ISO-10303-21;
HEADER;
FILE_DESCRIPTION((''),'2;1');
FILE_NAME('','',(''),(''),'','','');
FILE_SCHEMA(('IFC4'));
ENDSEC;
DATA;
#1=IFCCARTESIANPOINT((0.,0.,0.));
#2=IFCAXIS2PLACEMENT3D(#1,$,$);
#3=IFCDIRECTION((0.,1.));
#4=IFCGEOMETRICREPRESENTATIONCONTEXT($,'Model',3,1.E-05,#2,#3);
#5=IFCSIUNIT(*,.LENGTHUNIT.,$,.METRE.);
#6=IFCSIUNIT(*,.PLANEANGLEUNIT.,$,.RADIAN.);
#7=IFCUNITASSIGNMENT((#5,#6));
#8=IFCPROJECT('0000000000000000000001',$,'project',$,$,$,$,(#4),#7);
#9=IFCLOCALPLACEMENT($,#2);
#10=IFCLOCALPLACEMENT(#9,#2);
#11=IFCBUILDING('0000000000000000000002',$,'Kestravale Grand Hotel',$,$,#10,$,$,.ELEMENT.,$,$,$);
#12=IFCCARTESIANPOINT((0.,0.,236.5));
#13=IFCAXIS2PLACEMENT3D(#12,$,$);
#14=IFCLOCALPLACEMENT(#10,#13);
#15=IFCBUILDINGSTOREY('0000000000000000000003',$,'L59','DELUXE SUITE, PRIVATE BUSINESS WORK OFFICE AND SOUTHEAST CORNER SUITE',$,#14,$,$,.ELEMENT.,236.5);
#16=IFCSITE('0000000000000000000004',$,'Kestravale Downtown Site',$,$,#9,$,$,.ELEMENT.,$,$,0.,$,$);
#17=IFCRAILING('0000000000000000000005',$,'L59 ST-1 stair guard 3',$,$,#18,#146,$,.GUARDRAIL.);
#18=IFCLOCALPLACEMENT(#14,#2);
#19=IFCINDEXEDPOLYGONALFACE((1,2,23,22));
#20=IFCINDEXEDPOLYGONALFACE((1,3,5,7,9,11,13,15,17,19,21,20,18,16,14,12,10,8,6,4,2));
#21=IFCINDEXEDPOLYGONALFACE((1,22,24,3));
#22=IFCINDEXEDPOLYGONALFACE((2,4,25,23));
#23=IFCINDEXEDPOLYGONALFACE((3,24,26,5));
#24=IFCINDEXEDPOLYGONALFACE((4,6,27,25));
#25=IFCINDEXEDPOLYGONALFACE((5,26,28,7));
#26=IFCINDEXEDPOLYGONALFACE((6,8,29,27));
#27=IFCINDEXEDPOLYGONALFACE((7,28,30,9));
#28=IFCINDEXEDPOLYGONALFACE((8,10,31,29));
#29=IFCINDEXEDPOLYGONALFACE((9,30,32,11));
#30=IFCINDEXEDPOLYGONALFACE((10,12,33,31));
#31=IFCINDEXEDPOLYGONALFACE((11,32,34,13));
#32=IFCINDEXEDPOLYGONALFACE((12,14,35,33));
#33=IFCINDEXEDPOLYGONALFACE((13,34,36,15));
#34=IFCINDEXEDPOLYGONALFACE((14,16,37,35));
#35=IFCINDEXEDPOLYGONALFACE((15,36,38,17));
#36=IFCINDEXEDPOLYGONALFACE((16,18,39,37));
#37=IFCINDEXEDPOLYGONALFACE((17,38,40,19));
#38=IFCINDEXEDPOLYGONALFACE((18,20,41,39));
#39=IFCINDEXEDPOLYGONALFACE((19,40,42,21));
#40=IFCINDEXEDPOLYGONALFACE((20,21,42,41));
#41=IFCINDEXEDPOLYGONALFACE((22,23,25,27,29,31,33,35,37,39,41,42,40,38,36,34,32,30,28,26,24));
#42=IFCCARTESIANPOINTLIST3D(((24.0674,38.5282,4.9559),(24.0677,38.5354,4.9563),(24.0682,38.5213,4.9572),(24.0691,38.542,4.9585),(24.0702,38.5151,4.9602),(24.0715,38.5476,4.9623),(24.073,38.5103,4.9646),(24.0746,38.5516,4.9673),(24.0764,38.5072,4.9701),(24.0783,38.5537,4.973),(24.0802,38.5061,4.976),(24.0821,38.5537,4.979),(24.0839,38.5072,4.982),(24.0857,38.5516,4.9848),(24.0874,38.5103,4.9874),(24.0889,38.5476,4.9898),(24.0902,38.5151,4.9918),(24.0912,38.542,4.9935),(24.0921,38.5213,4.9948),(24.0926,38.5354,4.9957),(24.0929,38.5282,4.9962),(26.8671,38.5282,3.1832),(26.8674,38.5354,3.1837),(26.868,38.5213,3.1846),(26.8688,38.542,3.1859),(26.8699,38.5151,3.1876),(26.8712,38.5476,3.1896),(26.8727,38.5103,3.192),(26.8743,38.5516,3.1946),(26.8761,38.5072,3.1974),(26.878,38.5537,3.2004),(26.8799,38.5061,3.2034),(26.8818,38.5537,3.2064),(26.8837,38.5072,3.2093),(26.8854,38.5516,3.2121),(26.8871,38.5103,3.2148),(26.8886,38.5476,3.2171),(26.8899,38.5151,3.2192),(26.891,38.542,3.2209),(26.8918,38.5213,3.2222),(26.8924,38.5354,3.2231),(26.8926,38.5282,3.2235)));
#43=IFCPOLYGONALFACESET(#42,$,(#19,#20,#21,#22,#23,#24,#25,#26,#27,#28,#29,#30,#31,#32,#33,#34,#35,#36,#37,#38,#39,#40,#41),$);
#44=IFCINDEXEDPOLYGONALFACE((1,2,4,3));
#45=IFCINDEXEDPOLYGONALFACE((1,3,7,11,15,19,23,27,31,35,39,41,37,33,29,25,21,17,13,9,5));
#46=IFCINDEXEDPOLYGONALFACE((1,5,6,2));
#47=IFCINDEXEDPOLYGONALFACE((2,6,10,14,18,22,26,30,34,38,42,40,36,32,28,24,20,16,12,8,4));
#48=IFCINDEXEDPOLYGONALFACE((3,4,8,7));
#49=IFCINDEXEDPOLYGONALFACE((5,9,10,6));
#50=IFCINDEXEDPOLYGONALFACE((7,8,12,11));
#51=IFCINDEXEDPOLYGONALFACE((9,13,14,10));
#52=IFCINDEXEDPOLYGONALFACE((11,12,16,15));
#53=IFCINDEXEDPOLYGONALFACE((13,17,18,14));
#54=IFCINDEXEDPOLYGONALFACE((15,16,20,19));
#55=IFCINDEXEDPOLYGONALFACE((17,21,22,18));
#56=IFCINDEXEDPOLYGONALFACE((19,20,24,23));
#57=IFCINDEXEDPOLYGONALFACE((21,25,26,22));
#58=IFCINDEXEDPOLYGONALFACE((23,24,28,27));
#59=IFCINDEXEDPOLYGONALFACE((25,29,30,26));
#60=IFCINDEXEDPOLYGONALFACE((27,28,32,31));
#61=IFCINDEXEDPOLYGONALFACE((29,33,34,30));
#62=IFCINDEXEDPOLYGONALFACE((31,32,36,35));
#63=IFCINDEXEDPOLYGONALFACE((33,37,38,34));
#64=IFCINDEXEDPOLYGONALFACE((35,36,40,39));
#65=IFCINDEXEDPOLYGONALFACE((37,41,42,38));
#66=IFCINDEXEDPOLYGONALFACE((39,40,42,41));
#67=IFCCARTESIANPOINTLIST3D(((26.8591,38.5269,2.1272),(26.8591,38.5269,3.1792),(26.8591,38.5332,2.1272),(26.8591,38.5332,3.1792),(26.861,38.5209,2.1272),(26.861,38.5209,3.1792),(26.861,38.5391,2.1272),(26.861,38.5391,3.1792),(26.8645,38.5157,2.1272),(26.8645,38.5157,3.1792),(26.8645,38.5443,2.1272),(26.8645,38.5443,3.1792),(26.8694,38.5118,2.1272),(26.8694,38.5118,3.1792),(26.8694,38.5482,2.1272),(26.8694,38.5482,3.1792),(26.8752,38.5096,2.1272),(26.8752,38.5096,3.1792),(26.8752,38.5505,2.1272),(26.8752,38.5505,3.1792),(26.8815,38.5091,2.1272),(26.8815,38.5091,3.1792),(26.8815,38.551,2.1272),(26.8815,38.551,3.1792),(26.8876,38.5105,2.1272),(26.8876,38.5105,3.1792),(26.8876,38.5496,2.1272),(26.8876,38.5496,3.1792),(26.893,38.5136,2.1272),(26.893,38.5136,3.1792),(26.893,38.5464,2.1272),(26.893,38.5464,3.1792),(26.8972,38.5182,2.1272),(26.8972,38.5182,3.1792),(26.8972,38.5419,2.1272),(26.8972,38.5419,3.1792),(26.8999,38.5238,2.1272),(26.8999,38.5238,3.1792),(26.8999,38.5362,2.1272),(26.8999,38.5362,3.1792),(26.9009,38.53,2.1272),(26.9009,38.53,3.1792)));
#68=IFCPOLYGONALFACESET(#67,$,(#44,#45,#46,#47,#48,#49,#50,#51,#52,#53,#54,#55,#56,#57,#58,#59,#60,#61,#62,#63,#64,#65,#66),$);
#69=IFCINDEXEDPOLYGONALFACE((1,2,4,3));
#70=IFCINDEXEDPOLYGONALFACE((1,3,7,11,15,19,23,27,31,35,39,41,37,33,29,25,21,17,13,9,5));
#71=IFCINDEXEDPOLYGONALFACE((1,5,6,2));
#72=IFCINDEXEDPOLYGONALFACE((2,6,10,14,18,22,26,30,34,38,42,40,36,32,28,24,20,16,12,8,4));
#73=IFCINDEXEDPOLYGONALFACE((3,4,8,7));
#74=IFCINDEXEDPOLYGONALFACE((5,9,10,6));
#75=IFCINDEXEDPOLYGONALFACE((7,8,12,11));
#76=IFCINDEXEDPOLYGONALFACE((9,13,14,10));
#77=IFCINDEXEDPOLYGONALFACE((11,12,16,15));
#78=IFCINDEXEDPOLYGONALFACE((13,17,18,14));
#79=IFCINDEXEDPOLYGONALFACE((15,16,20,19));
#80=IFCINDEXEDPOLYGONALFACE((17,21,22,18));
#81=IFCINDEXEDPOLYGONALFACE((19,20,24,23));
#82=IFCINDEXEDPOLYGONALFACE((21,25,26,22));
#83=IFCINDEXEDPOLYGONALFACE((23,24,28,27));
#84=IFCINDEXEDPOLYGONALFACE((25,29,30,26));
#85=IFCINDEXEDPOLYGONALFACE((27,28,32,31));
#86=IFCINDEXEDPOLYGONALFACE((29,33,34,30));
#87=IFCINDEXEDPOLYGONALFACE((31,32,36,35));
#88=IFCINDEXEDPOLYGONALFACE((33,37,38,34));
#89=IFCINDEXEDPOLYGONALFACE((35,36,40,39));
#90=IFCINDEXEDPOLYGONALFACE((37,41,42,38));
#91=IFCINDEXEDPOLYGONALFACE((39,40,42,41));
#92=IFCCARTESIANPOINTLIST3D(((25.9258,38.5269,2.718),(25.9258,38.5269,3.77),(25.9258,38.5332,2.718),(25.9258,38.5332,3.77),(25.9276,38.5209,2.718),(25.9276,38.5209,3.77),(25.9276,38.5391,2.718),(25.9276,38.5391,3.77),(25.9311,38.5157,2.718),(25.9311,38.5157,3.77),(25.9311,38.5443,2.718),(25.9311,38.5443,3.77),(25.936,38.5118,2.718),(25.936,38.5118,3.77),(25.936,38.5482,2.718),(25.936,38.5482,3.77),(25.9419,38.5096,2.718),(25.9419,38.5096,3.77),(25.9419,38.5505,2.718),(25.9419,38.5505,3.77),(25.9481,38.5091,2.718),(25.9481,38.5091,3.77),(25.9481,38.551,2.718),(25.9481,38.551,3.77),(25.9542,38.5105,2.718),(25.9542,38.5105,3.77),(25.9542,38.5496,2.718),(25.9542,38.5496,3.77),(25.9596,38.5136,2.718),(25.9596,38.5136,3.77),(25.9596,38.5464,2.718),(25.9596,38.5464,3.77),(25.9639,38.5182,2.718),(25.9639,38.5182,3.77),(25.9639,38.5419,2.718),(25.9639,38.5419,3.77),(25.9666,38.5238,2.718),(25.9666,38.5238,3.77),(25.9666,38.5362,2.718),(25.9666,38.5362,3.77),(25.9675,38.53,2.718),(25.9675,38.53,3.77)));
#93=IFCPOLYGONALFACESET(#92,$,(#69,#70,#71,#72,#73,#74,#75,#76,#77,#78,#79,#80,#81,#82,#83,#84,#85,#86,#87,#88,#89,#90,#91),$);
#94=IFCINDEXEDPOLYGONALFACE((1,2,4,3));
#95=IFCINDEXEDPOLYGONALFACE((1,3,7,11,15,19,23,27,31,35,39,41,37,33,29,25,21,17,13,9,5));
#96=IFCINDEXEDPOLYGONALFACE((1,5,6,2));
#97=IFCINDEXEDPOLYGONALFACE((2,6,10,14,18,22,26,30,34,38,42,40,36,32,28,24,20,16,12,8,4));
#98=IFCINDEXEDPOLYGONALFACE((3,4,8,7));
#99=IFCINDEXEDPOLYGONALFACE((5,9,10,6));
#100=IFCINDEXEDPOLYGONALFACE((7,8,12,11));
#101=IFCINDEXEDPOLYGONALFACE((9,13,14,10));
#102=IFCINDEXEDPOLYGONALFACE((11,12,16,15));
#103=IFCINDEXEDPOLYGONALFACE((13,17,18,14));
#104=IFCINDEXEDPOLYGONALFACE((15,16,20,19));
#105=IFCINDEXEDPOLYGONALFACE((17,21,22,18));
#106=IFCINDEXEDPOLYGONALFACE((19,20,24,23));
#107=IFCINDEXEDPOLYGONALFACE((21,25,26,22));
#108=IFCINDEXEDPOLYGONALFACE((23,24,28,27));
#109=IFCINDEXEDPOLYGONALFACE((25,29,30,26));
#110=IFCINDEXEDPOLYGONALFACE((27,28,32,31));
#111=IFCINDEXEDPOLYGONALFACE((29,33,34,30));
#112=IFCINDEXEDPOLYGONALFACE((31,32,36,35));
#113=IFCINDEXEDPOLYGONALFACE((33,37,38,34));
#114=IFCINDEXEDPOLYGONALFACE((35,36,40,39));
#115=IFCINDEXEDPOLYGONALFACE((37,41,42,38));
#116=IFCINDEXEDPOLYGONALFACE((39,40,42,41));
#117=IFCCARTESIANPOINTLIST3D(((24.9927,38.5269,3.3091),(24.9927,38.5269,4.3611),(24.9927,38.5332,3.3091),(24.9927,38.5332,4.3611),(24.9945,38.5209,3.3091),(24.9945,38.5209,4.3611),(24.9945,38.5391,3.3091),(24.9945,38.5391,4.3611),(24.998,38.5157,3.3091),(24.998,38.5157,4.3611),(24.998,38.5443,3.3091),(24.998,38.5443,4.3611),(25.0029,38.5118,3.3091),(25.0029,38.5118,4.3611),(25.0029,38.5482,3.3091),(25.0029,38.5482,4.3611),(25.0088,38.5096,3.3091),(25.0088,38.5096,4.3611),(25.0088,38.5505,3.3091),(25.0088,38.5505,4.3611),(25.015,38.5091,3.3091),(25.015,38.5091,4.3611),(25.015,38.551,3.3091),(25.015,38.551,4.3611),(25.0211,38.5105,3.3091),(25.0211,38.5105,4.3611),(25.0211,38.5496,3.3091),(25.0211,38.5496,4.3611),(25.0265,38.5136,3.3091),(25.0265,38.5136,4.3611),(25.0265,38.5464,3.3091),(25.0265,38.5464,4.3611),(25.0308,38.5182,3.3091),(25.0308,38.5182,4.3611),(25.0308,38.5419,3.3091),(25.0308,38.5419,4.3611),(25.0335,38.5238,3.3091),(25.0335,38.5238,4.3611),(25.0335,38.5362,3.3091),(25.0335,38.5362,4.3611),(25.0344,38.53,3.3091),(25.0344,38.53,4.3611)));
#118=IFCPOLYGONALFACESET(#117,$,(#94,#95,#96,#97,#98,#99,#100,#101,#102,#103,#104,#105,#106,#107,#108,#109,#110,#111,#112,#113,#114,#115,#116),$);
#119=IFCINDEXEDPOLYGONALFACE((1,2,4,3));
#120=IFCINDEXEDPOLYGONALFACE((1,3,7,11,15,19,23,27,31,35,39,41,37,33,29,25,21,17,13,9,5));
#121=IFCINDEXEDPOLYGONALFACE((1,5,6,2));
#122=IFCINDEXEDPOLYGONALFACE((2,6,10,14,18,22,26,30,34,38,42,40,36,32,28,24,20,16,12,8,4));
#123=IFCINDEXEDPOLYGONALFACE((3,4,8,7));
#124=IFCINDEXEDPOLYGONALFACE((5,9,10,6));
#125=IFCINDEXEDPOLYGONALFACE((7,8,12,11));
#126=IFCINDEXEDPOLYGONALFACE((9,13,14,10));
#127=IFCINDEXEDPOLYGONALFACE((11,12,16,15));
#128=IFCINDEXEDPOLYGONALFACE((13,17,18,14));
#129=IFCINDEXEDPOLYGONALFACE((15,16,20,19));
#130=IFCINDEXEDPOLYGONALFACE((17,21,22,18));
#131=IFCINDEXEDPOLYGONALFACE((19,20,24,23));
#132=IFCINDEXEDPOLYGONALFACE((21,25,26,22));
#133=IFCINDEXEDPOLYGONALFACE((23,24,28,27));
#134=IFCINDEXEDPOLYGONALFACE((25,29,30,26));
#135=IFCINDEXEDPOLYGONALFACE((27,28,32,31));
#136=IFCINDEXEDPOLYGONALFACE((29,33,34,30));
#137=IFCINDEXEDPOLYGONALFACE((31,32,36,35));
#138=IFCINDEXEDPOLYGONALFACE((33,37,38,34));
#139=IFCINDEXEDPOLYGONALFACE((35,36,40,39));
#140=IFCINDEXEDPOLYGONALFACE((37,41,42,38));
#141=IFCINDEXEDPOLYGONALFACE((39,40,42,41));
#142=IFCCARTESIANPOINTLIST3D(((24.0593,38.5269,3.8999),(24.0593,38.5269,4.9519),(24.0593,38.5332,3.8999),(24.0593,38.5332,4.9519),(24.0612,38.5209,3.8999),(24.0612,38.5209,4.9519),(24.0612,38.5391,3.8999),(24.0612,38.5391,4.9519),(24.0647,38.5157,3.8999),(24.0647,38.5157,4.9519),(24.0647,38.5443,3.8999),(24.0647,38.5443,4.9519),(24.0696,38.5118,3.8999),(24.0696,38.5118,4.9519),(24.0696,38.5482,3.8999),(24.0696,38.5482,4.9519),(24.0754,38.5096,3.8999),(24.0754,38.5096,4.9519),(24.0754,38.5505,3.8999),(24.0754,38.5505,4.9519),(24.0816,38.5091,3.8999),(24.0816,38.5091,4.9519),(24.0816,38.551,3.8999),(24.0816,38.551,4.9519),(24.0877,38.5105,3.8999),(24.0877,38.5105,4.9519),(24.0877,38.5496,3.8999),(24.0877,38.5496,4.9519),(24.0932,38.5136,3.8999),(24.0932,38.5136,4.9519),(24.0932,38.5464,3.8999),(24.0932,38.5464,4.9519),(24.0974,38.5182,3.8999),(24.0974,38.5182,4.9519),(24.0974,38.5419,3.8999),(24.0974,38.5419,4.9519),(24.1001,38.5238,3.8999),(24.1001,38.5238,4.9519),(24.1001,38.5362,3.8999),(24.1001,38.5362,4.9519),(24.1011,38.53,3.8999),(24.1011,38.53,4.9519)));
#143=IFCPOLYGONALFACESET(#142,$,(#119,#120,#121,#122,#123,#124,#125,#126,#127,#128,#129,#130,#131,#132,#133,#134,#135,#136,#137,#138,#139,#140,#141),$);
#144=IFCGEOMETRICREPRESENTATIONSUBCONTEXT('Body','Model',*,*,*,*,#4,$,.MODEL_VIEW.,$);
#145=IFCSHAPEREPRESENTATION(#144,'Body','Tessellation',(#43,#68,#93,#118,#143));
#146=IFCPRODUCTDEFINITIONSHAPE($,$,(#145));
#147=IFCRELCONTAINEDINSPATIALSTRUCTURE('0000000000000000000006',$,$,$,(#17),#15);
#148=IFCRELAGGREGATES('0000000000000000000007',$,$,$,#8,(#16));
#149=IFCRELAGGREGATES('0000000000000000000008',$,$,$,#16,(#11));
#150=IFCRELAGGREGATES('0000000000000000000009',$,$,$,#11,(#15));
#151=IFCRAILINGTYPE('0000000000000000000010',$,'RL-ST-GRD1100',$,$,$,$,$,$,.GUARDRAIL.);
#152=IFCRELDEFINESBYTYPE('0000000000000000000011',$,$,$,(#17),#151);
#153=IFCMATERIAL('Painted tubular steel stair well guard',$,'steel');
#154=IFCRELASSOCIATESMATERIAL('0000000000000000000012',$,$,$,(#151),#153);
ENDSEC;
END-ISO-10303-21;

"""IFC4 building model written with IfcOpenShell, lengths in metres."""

from ifc_helpers import new_model, si_unit, direction, frame, origin, origin_2d, place, context, subcontext, project, spatial, circle, extrude, material, type_object, element, save


model = new_model("IFC4")

# Units and contexts
model_context = context("Model", 3, precision=1e-05, world=origin(), true_north=direction((0.0, 1.0)))
body_context = subcontext(model_context, "Body", "Model", "MODEL_VIEW")
ifc_project = project(units=[si_unit("LENGTHUNIT", "METRE"), si_unit("PLANEANGLEUNIT", "RADIAN")], contexts=[model_context])

# Site, building, storey
site_placement = place(None, origin())
site = spatial("IfcSite", under=ifc_project, at=site_placement, Name="Kestravale Downtown Site", CompositionType="ELEMENT", RefElevation=0.0)
building_placement = place(site_placement, origin())
building = spatial("IfcBuilding", under=site, at=building_placement, Name="Kestravale Grand Hotel", CompositionType="ELEMENT")
storey_placement = place(building_placement, frame((0.0, 0.0, 236.5)))
storey = spatial("IfcBuildingStorey", under=building, at=storey_placement, Name="L59", Description="DELUXE SUITE, PRIVATE BUSINESS WORK OFFICE AND SOUTHEAST CORNER SUITE", CompositionType="ELEMENT", Elevation=236.5)

# Railing
ifc_material_1 = material(Name="Painted tubular steel stair well guard", Category="steel")
railing_type_1 = type_object("IfcRailingType", Name="RL-ST-GRD1100", PredefinedType="GUARDRAIL", material=ifc_material_1)
railing_1_placement = place(storey_placement, frame((26.8799, 38.53, 2.1272)))
element("IfcRailing", 1, at=railing_1_placement, inside=storey, type_object=railing_type_1, Name="L59 ST-1 stair guard 3", PredefinedType="GUARDRAIL", context=body_context, shape_type="SweptSolid", body=[
    extrude(circle(Radius=0.0239, at=origin_2d()), frame((0.0, 0.0, 1.0762), z_axis=(-0.844888, 0.0, 0.534943), x_axis=(0.0, -1.0, 0.0)), (0.0, 0.0, 1.0), 3.3137),
    extrude(circle(Radius=0.021, at=origin_2d()), origin(), (0.0, 0.0, 1.0), 1.052),
    extrude(circle(Radius=0.021, at=origin_2d()), frame((-0.9333, 0.0, 0.5908)), (0.0, 0.0, 1.0), 1.052),
    extrude(circle(Radius=0.021, at=origin_2d()), frame((-1.8665, 0.0, 1.1819)), (0.0, 0.0, 1.0), 1.052),
    extrude(circle(Radius=0.021, at=origin_2d()), frame((-2.7998, 0.0, 1.7727)), (0.0, 0.0, 1.0), 1.052),
])

save(model, "model.ifc")
